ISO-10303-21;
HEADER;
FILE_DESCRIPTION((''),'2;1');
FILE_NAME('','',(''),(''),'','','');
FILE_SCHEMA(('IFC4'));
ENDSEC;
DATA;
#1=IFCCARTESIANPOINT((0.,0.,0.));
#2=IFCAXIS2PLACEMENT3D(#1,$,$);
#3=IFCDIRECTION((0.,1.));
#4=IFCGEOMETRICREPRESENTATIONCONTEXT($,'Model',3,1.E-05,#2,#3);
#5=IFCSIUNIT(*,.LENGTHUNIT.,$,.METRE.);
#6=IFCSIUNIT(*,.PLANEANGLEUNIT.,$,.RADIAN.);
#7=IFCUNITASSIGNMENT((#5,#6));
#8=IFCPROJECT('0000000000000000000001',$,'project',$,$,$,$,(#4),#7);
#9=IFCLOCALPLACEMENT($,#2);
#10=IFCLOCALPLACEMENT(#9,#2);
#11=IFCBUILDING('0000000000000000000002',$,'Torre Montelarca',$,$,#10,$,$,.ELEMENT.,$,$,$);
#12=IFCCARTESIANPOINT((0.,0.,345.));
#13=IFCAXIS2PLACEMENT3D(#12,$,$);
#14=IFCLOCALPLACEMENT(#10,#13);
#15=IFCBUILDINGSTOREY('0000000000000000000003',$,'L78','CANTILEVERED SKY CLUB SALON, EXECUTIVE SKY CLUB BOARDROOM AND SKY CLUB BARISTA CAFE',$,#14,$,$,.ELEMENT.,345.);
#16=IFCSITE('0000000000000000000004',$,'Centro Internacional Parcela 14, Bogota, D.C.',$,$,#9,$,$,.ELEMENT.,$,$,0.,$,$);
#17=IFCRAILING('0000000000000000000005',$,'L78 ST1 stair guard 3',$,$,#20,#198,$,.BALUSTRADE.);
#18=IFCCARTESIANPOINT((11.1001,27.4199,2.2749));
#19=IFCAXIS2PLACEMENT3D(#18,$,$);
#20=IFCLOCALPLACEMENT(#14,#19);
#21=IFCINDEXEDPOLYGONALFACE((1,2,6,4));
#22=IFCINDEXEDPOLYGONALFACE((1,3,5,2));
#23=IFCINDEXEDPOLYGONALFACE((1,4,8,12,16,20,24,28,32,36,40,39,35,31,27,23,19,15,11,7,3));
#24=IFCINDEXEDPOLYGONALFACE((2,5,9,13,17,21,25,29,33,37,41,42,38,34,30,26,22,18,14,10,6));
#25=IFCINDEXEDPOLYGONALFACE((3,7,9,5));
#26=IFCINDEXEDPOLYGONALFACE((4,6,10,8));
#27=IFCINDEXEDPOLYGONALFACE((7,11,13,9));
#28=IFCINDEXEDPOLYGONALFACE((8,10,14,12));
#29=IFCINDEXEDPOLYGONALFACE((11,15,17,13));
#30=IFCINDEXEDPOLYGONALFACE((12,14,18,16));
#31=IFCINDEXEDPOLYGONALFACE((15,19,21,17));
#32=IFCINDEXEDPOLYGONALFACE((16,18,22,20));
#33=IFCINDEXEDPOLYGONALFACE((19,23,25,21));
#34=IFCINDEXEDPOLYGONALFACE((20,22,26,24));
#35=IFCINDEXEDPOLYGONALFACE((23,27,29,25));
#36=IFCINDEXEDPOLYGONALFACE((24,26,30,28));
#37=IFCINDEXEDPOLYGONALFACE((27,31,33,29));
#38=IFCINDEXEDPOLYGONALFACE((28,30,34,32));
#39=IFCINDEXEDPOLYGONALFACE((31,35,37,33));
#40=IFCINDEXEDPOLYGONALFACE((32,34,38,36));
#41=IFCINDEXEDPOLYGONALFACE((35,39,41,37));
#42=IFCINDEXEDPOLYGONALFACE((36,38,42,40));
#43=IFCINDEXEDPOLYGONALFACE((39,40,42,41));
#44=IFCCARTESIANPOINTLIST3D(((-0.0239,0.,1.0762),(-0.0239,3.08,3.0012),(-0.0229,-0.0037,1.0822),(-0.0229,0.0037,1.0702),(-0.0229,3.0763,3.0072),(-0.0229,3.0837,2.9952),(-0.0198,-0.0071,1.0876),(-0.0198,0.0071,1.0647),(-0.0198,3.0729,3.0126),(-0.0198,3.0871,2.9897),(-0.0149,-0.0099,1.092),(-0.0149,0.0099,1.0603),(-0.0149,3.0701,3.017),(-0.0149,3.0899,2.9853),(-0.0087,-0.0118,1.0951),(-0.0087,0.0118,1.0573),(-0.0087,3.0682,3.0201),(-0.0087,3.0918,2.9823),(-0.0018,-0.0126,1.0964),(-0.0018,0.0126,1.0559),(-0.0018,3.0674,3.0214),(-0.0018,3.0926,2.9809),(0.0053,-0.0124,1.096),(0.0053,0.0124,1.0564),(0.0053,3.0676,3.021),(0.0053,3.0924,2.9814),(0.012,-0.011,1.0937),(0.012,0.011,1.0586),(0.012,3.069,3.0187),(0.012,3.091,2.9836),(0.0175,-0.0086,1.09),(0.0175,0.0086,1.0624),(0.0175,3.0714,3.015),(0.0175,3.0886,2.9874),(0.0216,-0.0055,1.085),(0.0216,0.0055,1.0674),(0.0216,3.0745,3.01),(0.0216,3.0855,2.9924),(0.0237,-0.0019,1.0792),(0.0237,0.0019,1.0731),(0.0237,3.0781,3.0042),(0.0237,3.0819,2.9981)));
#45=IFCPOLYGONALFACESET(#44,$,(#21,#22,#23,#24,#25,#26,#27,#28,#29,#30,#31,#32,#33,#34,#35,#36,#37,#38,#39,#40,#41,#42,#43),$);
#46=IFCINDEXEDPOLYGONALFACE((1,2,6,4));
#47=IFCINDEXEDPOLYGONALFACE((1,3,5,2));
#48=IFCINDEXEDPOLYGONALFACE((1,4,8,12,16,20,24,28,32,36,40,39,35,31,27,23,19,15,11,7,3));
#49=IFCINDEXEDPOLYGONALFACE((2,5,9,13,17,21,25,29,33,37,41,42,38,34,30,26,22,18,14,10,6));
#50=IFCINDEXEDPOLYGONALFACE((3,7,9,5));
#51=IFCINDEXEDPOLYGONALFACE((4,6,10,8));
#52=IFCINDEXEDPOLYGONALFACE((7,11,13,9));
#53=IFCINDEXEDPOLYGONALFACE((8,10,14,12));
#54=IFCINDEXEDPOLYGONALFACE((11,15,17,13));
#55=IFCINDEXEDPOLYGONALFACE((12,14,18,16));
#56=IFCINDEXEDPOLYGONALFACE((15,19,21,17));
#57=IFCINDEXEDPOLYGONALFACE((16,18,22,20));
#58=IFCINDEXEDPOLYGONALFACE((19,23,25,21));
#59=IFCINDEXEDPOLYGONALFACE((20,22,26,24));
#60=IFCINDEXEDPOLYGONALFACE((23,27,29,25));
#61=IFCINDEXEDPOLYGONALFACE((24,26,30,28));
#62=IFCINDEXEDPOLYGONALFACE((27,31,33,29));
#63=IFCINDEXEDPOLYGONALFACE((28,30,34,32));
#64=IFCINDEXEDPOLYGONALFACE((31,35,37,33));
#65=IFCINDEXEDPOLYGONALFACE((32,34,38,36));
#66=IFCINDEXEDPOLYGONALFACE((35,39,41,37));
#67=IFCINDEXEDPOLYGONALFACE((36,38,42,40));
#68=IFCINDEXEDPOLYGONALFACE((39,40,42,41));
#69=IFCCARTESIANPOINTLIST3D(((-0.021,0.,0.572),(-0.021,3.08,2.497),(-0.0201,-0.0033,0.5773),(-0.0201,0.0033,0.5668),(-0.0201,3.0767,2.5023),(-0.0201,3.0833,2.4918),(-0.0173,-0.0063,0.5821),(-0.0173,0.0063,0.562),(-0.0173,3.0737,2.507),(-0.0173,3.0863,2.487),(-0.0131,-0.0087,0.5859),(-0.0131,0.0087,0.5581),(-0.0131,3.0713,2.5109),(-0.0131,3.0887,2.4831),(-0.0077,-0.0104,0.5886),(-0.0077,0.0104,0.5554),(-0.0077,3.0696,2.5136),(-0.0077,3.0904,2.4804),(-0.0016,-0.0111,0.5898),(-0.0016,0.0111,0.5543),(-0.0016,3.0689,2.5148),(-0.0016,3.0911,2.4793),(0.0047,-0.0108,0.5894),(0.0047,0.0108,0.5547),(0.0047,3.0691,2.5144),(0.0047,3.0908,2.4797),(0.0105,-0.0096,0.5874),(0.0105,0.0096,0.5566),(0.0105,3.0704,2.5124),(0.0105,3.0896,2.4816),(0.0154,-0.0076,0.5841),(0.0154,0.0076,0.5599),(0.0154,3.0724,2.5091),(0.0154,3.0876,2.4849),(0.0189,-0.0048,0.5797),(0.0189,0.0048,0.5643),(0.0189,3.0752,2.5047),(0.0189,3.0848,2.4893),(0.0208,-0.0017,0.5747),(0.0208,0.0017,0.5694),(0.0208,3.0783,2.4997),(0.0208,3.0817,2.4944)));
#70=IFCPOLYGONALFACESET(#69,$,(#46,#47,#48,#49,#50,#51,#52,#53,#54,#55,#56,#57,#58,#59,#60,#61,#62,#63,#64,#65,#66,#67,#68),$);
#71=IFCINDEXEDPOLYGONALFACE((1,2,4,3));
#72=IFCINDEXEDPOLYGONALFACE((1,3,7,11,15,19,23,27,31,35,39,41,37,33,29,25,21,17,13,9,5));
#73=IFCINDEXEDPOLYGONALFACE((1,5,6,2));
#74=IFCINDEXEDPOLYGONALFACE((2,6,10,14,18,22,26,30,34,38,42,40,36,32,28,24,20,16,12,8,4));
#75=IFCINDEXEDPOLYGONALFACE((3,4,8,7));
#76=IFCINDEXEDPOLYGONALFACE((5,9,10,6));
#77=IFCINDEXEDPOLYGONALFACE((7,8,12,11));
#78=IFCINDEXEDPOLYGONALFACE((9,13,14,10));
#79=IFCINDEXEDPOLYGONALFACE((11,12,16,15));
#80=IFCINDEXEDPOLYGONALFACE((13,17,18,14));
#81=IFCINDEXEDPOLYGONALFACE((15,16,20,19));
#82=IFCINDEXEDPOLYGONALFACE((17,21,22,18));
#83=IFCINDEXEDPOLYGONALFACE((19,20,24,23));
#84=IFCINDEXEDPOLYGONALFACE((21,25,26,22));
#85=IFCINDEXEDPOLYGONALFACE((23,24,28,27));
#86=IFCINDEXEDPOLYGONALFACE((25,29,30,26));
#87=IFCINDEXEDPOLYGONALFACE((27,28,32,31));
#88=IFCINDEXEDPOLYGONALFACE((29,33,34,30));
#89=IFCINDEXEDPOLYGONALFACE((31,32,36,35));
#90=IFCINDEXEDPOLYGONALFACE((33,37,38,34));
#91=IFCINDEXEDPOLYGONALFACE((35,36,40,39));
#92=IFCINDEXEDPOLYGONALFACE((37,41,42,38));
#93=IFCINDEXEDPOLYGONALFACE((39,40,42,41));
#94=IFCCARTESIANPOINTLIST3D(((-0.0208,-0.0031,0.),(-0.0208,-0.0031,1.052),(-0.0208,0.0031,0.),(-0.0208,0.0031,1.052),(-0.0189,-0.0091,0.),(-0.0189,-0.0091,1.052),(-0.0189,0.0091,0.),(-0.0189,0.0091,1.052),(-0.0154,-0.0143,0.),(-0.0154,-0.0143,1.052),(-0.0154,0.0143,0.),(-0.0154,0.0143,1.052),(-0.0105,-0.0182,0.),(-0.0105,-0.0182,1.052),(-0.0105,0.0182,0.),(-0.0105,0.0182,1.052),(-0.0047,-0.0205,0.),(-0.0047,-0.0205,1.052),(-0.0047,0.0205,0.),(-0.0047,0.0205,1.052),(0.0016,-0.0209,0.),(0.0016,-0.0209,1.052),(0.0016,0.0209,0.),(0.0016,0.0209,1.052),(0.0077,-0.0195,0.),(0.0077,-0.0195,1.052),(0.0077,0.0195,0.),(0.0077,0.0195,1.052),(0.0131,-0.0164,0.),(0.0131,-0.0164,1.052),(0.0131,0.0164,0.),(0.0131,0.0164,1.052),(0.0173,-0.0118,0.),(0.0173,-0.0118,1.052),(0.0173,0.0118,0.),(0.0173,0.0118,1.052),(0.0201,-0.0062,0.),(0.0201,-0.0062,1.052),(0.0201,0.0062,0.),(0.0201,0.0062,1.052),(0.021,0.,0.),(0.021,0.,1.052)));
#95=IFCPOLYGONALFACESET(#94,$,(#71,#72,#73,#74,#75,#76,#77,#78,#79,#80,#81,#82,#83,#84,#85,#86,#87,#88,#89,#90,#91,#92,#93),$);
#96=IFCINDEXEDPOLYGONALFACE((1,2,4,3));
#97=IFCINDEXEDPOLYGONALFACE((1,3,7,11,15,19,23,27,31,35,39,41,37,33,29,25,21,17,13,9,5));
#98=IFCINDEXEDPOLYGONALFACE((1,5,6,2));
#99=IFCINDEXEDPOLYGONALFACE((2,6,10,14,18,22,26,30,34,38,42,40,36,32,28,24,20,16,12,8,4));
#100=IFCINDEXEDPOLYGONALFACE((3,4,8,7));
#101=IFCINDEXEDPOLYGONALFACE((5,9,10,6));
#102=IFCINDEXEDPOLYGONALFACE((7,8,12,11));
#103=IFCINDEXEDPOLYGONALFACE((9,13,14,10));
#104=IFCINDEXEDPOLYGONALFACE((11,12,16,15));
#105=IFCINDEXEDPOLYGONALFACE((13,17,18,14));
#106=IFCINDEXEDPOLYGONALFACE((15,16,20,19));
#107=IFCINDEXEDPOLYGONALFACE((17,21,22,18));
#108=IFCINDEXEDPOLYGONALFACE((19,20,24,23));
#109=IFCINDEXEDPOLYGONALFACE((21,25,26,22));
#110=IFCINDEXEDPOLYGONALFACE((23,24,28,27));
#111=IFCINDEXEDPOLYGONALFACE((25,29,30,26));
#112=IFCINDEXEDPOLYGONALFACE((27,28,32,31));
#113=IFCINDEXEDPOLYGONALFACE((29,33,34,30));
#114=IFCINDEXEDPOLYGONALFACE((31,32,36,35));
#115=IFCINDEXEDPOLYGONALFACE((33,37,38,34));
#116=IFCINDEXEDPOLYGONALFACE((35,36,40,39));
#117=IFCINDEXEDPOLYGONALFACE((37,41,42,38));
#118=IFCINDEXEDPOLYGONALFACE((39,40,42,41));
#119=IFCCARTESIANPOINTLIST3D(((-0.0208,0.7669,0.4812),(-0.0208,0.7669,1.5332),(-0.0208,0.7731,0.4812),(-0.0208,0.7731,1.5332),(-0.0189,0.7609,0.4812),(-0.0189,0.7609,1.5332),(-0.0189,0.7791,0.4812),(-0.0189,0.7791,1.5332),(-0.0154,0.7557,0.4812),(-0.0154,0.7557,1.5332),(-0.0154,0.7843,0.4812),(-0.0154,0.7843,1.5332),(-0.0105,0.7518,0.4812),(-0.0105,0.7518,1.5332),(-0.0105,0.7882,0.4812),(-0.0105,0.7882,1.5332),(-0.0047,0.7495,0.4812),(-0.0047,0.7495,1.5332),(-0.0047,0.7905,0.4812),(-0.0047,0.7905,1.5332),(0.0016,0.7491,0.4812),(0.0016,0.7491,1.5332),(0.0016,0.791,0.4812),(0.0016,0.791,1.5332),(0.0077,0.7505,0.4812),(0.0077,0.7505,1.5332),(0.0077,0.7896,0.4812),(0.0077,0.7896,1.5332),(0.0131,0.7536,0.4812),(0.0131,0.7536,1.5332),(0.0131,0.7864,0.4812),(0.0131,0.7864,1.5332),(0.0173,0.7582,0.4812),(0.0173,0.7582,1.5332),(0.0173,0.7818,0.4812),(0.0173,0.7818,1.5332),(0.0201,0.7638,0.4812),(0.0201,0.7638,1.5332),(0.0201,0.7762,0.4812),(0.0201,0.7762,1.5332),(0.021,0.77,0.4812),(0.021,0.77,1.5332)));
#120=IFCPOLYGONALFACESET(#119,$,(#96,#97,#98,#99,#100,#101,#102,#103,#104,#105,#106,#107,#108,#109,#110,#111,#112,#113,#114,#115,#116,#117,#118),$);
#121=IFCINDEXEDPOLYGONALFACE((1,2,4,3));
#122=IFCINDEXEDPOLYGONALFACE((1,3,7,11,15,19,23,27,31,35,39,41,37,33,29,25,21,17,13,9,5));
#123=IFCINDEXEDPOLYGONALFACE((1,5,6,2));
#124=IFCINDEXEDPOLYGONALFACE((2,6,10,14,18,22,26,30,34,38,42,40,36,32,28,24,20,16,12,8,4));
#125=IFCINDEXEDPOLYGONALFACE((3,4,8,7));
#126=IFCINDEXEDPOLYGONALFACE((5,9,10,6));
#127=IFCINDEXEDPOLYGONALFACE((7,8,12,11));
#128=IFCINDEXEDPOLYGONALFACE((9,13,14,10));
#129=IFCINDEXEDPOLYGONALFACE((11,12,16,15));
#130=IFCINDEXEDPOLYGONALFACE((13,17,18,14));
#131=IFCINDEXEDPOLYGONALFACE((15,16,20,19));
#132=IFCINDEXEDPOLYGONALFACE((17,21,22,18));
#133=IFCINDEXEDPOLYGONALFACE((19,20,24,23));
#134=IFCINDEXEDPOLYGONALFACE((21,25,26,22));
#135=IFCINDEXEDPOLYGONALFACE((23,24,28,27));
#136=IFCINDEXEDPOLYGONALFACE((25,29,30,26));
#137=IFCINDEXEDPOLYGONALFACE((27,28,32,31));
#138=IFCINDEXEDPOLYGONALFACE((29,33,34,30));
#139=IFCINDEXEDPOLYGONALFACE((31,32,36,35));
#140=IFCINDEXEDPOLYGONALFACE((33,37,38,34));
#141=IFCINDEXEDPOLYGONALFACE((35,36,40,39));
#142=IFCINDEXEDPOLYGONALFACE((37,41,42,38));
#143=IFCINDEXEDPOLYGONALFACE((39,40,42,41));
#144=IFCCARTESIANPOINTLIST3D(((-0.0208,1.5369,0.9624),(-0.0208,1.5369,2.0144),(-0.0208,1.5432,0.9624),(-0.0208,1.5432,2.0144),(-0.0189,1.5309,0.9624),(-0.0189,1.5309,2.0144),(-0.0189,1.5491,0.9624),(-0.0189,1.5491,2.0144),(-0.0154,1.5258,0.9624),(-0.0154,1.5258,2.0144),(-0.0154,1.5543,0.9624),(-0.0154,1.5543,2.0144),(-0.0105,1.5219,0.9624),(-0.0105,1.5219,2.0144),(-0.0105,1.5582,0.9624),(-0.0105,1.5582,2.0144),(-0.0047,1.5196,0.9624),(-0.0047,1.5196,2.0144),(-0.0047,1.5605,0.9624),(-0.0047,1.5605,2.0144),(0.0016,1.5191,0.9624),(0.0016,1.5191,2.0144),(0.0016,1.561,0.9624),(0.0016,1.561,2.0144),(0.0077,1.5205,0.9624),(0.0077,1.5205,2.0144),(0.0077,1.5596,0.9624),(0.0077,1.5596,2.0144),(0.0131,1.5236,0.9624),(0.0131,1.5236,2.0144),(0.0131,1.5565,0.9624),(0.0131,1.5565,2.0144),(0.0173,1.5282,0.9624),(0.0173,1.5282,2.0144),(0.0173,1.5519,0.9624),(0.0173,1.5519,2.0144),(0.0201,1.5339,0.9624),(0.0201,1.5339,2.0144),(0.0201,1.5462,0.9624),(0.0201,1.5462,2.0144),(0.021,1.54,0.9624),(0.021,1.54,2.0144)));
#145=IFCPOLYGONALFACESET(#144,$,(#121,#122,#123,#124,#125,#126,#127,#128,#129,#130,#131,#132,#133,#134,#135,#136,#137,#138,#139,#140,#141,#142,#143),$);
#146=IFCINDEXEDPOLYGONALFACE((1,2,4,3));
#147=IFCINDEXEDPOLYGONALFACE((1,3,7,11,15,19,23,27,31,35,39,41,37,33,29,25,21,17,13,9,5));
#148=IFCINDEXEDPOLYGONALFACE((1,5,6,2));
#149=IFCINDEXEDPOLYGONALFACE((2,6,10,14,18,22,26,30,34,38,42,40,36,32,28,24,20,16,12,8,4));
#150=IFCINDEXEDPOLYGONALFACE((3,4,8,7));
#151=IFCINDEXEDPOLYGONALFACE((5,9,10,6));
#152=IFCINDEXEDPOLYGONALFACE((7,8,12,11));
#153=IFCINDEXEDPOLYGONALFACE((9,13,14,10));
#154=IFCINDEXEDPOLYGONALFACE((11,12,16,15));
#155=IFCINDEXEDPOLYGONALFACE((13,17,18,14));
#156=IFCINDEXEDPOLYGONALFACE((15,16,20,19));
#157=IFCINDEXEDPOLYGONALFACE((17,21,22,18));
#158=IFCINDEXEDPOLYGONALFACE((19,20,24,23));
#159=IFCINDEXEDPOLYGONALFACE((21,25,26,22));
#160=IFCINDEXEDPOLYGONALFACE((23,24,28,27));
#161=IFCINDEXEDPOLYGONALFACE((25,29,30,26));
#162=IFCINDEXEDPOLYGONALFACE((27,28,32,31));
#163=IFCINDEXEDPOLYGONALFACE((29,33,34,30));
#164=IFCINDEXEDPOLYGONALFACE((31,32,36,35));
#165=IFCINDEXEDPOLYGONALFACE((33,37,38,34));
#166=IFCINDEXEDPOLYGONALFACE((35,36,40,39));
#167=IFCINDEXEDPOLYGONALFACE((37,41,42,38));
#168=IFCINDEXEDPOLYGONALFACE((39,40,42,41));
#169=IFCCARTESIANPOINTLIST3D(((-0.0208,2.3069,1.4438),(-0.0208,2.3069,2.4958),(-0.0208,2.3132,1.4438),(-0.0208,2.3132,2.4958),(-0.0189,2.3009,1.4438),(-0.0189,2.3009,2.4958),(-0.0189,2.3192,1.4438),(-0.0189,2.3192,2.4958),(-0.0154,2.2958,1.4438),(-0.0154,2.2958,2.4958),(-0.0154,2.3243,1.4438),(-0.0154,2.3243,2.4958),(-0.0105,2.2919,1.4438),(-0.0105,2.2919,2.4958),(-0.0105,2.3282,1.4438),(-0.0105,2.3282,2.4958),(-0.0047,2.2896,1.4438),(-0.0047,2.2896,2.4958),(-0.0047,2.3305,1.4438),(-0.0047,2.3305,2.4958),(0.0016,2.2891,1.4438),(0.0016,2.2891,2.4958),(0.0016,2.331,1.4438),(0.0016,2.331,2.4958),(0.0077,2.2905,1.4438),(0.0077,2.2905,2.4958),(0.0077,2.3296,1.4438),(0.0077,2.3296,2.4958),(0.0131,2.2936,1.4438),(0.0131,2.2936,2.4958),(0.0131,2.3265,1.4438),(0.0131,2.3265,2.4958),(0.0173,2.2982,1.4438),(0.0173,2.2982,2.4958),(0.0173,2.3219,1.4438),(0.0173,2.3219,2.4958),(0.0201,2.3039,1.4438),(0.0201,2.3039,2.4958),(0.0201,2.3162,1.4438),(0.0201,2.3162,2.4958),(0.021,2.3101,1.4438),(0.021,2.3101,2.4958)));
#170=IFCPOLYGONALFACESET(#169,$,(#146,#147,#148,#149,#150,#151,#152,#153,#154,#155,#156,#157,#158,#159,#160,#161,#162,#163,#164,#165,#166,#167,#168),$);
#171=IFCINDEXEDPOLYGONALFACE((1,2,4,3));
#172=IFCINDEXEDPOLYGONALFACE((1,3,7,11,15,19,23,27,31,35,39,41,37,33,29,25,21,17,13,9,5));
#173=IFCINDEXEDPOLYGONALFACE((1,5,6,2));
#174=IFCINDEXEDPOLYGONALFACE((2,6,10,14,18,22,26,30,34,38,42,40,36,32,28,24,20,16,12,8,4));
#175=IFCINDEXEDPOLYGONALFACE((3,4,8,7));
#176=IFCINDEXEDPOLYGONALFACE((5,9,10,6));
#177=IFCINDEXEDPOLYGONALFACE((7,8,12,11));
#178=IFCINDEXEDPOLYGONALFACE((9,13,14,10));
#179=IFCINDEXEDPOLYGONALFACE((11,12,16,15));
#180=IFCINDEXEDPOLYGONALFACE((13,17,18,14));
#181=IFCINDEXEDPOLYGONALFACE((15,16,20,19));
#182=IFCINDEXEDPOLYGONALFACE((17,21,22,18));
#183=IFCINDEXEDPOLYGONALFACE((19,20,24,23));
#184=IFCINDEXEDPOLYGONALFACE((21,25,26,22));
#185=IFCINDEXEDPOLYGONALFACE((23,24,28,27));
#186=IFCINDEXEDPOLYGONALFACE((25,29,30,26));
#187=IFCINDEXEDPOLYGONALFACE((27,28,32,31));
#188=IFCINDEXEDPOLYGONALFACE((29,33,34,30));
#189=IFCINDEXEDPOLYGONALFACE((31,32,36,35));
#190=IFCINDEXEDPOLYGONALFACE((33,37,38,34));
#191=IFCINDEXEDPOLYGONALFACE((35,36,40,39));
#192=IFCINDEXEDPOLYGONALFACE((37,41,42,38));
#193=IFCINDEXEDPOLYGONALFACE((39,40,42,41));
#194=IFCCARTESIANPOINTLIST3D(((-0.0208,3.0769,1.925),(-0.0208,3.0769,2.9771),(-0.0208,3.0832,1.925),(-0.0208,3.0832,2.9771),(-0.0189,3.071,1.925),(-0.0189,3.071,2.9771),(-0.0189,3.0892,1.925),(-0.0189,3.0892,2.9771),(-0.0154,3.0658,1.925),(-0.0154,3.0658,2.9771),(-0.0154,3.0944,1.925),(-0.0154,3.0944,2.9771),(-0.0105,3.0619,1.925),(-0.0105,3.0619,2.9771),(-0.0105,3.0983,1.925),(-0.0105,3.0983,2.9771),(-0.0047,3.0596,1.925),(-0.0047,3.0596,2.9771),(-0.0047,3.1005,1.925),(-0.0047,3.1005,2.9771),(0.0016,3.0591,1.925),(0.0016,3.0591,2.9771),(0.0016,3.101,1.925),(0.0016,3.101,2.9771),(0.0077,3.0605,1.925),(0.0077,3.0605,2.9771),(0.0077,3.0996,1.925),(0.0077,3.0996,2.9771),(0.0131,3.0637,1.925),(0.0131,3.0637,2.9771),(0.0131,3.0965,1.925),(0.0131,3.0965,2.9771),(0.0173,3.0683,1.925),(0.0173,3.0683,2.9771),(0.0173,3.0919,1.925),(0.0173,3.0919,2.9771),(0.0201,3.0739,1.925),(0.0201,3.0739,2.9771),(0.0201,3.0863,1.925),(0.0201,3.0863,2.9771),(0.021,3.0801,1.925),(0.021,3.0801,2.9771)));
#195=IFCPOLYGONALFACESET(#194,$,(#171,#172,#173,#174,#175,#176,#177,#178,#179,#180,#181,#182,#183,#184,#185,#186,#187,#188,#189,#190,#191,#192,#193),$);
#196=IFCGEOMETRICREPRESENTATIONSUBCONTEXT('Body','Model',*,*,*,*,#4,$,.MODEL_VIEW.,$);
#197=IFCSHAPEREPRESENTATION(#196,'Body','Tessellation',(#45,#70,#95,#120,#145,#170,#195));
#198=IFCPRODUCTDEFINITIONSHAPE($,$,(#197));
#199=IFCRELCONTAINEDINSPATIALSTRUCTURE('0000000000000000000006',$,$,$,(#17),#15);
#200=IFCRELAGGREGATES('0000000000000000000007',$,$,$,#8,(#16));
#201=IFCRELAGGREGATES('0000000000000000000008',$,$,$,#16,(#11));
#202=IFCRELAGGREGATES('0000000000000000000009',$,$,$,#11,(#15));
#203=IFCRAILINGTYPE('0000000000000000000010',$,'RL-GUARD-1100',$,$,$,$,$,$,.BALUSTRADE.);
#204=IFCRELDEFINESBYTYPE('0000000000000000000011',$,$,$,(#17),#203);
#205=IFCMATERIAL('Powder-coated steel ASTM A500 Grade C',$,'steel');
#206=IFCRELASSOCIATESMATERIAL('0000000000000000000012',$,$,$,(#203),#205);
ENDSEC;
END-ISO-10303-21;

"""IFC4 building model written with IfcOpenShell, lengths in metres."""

from ifc_helpers import new_model, si_unit, direction, frame, origin, origin_2d, place, context, subcontext, project, spatial, circle, extrude, material, type_object, element, save


model = new_model("IFC4")

# Units and contexts
model_context = context("Model", 3, precision=1e-05, world=origin(), true_north=direction((0.0, 1.0)))
body_context = subcontext(model_context, "Body", "Model", "MODEL_VIEW")
ifc_project = project(units=[si_unit("LENGTHUNIT", "METRE"), si_unit("PLANEANGLEUNIT", "RADIAN")], contexts=[model_context])

# Site, building, storey
site_placement = place(None, origin())
site = spatial("IfcSite", under=ifc_project, at=site_placement, Name="Centro Internacional Parcela 14, Bogota, D.C.", CompositionType="ELEMENT", RefElevation=0.0)
building_placement = place(site_placement, origin())
building = spatial("IfcBuilding", under=site, at=building_placement, Name="Torre Montelarca", CompositionType="ELEMENT")
storey_placement = place(building_placement, frame((0.0, 0.0, 345.0)))
storey = spatial("IfcBuildingStorey", under=building, at=storey_placement, Name="L78", Description="CANTILEVERED SKY CLUB SALON, EXECUTIVE SKY CLUB BOARDROOM AND SKY CLUB BARISTA CAFE", CompositionType="ELEMENT", Elevation=345.0)

# Railing
ifc_material_1 = material(Name="Powder-coated steel ASTM A500 Grade C", Category="steel")
railing_type_1 = type_object("IfcRailingType", Name="RL-GUARD-1100", PredefinedType="BALUSTRADE", material=ifc_material_1)
railing_1_placement = place(storey_placement, frame((11.1001, 27.4199, 2.2749)))
element("IfcRailing", 1, at=railing_1_placement, inside=storey, type_object=railing_type_1, Name="L78 ST1 stair guard 3", PredefinedType="BALUSTRADE", context=body_context, shape_type="SweptSolid", body=[
    extrude(circle(Radius=0.0239, at=origin_2d()), frame((0.0, 0.0, 1.0762), z_axis=(0.0, 0.847998, 0.529999), x_axis=(-1.0, 0.0, 0.0)), (0.0, 0.0, 1.0), 3.6321),
    extrude(circle(Radius=0.021, at=origin_2d()), frame((0.0, 0.0, 0.572), z_axis=(0.0, 0.847998, 0.529999), x_axis=(-1.0, 0.0, 0.0)), (0.0, 0.0, 1.0), 3.6321),
    extrude(circle(Radius=0.021, at=origin_2d()), origin(), (0.0, 0.0, 1.0), 1.052),
    extrude(circle(Radius=0.021, at=origin_2d()), frame((0.0, 0.77, 0.4812)), (0.0, 0.0, 1.0), 1.052),
    extrude(circle(Radius=0.021, at=origin_2d()), frame((0.0, 1.54, 0.9624)), (0.0, 0.0, 1.0), 1.052),
    extrude(circle(Radius=0.021, at=origin_2d()), frame((0.0, 2.3101, 1.4438)), (0.0, 0.0, 1.0), 1.052),
    extrude(circle(Radius=0.021, at=origin_2d()), frame((0.0, 3.0801, 1.925)), (0.0, 0.0, 1.0), 1.052),
])

save(model, "model.ifc")
